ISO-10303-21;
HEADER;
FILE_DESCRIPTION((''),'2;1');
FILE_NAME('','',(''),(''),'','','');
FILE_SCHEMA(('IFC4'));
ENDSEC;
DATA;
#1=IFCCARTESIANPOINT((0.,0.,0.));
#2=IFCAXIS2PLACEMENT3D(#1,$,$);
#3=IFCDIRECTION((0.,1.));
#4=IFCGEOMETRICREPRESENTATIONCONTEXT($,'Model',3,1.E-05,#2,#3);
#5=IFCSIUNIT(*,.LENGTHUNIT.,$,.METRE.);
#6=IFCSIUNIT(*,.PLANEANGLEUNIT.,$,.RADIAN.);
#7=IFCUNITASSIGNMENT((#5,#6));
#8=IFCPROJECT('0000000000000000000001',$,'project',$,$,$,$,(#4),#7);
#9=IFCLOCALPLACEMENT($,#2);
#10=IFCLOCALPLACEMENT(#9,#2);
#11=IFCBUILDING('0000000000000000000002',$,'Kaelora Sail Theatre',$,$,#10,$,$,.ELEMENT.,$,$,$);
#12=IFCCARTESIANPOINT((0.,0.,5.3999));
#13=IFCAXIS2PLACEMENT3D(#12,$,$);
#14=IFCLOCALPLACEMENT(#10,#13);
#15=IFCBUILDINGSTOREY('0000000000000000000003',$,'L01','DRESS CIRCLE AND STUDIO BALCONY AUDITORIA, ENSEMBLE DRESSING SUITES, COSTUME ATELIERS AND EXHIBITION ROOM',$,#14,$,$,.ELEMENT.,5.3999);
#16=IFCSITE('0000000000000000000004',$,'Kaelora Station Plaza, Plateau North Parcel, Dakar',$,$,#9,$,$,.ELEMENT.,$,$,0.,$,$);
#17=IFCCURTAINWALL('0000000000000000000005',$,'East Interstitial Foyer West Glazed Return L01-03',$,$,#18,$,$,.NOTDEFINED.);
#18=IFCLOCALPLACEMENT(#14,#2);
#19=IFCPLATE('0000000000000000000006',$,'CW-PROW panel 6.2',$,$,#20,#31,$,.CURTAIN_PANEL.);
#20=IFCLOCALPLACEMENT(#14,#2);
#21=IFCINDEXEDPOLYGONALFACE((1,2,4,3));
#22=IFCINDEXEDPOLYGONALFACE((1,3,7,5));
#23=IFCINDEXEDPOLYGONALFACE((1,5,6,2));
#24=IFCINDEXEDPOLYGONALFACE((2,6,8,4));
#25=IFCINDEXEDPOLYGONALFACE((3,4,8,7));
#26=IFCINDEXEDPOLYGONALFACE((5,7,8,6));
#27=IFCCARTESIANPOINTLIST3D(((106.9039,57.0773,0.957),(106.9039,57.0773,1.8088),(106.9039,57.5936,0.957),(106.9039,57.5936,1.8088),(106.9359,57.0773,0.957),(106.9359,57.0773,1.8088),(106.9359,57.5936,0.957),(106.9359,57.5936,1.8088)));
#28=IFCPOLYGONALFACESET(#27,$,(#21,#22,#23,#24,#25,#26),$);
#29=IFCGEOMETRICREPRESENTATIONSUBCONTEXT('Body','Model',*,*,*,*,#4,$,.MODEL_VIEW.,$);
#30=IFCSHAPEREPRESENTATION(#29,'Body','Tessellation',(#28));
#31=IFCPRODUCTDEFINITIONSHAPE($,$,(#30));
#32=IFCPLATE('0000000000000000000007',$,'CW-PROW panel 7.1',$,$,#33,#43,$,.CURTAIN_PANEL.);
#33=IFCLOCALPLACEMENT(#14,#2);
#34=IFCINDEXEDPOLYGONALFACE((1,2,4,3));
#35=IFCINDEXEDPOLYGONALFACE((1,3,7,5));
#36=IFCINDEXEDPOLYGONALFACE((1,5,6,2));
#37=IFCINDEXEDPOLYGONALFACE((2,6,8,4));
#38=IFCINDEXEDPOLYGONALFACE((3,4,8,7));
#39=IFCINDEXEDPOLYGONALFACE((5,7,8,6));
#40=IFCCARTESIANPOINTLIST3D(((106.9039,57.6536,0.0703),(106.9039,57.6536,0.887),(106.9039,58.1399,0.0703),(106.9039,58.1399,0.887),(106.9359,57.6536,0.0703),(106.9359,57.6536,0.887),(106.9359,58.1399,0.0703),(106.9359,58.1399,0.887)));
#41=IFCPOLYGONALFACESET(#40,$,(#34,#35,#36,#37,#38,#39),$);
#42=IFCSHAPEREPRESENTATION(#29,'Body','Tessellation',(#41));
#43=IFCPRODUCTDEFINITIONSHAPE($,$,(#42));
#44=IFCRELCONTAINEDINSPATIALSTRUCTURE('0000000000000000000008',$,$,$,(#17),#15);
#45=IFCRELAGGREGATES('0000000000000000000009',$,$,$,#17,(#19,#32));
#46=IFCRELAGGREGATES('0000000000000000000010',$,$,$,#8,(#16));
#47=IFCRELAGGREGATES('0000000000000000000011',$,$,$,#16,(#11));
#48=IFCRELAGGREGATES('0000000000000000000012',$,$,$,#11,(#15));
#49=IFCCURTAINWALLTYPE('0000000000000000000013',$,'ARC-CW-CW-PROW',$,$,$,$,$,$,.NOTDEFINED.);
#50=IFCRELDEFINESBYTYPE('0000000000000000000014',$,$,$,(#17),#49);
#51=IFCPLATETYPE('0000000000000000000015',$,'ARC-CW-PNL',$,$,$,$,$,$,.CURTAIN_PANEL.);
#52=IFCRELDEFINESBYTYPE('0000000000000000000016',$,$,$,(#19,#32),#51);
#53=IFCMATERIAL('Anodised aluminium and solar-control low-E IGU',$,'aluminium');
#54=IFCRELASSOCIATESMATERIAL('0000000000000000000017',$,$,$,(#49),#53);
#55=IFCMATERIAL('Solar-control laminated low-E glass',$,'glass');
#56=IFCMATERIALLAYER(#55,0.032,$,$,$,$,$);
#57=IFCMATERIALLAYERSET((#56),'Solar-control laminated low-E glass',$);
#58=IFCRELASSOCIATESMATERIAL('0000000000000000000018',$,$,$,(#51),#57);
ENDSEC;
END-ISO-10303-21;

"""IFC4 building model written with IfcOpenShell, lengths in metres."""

from ifc_helpers import new_model, si_unit, direction, frame, origin, origin_2d, place, context, subcontext, project, spatial, rectangle, extrude, material, layer, layer_set, type_object, element, aggregate, save


model = new_model("IFC4")

# Units and contexts
model_context = context("Model", 3, precision=1e-05, world=origin(), true_north=direction((0.0, 1.0)))
body_context = subcontext(model_context, "Body", "Model", "MODEL_VIEW")
ifc_project = project(units=[si_unit("LENGTHUNIT", "METRE"), si_unit("PLANEANGLEUNIT", "RADIAN")], contexts=[model_context])

# Site, building, storey
site_placement = place(None, origin())
site = spatial("IfcSite", under=ifc_project, at=site_placement, Name="Kaelora Station Plaza, Plateau North Parcel, Dakar", CompositionType="ELEMENT", RefElevation=0.0)
building_placement = place(site_placement, origin())
building = spatial("IfcBuilding", under=site, at=building_placement, Name="Kaelora Sail Theatre", CompositionType="ELEMENT")
storey_placement = place(building_placement, frame((0.0, 0.0, 5.3999)))
storey = spatial("IfcBuildingStorey", under=building, at=storey_placement, Name="L01", Description="DRESS CIRCLE AND STUDIO BALCONY AUDITORIA, ENSEMBLE DRESSING SUITES, COSTUME ATELIERS AND EXHIBITION ROOM", CompositionType="ELEMENT", Elevation=5.3999)

# Curtain wall, plates
ifc_material_1 = material(Name="Anodised aluminium and solar-control low-E IGU", Category="aluminium")
curtain_wall_type = type_object("IfcCurtainWallType", Name="ARC-CW-CW-PROW", PredefinedType="NOTDEFINED", material=ifc_material_1)
curtain_wall_placement = place(storey_placement, origin())
curtain_wall = element("IfcCurtainWall", 1, at=curtain_wall_placement, inside=storey, type_object=curtain_wall_type, Name="East Interstitial Foyer West Glazed Return L01-03", PredefinedType="NOTDEFINED")
ifc_material_2 = material(Name="Solar-control laminated low-E glass", Category="glass")
ifc_layer = layer(ifc_material_2, 0.032)
ifc_layer_set = layer_set([ifc_layer], Name="Solar-control laminated low-E glass")
plate_type = type_object("IfcPlateType", Name="ARC-CW-PNL", PredefinedType="CURTAIN_PANEL", material=ifc_layer_set)
plate_1_placement = place(storey_placement, frame((106.9199, 57.3354, 0.957), z_axis=(0.0, 0.0, 1.0), x_axis=(0.0, 1.0, 0.0)))
plate_1 = element("IfcPlate", 2, at=plate_1_placement, type_object=plate_type, Name="CW-PROW panel 6.2", PredefinedType="CURTAIN_PANEL", context=body_context, shape_type="SweptSolid", body=[
    extrude(rectangle(XDim=0.5164, YDim=0.032, at=origin_2d()), origin(), (0.0, 0.0, 1.0), 0.8518),
])
plate_2_placement = place(storey_placement, frame((106.9199, 57.8967, 0.0703), z_axis=(0.0, 0.0, 1.0), x_axis=(0.0, 1.0, 0.0)))
plate_2 = element("IfcPlate", 3, at=plate_2_placement, type_object=plate_type, Name="CW-PROW panel 7.1", PredefinedType="CURTAIN_PANEL", context=body_context, shape_type="SweptSolid", body=[
    extrude(rectangle(XDim=0.4863, YDim=0.032, at=origin_2d()), origin(), (0.0, 0.0, 1.0), 0.8167),
])
aggregate(curtain_wall, [plate_1, plate_2])

save(model, "model.ifc")
